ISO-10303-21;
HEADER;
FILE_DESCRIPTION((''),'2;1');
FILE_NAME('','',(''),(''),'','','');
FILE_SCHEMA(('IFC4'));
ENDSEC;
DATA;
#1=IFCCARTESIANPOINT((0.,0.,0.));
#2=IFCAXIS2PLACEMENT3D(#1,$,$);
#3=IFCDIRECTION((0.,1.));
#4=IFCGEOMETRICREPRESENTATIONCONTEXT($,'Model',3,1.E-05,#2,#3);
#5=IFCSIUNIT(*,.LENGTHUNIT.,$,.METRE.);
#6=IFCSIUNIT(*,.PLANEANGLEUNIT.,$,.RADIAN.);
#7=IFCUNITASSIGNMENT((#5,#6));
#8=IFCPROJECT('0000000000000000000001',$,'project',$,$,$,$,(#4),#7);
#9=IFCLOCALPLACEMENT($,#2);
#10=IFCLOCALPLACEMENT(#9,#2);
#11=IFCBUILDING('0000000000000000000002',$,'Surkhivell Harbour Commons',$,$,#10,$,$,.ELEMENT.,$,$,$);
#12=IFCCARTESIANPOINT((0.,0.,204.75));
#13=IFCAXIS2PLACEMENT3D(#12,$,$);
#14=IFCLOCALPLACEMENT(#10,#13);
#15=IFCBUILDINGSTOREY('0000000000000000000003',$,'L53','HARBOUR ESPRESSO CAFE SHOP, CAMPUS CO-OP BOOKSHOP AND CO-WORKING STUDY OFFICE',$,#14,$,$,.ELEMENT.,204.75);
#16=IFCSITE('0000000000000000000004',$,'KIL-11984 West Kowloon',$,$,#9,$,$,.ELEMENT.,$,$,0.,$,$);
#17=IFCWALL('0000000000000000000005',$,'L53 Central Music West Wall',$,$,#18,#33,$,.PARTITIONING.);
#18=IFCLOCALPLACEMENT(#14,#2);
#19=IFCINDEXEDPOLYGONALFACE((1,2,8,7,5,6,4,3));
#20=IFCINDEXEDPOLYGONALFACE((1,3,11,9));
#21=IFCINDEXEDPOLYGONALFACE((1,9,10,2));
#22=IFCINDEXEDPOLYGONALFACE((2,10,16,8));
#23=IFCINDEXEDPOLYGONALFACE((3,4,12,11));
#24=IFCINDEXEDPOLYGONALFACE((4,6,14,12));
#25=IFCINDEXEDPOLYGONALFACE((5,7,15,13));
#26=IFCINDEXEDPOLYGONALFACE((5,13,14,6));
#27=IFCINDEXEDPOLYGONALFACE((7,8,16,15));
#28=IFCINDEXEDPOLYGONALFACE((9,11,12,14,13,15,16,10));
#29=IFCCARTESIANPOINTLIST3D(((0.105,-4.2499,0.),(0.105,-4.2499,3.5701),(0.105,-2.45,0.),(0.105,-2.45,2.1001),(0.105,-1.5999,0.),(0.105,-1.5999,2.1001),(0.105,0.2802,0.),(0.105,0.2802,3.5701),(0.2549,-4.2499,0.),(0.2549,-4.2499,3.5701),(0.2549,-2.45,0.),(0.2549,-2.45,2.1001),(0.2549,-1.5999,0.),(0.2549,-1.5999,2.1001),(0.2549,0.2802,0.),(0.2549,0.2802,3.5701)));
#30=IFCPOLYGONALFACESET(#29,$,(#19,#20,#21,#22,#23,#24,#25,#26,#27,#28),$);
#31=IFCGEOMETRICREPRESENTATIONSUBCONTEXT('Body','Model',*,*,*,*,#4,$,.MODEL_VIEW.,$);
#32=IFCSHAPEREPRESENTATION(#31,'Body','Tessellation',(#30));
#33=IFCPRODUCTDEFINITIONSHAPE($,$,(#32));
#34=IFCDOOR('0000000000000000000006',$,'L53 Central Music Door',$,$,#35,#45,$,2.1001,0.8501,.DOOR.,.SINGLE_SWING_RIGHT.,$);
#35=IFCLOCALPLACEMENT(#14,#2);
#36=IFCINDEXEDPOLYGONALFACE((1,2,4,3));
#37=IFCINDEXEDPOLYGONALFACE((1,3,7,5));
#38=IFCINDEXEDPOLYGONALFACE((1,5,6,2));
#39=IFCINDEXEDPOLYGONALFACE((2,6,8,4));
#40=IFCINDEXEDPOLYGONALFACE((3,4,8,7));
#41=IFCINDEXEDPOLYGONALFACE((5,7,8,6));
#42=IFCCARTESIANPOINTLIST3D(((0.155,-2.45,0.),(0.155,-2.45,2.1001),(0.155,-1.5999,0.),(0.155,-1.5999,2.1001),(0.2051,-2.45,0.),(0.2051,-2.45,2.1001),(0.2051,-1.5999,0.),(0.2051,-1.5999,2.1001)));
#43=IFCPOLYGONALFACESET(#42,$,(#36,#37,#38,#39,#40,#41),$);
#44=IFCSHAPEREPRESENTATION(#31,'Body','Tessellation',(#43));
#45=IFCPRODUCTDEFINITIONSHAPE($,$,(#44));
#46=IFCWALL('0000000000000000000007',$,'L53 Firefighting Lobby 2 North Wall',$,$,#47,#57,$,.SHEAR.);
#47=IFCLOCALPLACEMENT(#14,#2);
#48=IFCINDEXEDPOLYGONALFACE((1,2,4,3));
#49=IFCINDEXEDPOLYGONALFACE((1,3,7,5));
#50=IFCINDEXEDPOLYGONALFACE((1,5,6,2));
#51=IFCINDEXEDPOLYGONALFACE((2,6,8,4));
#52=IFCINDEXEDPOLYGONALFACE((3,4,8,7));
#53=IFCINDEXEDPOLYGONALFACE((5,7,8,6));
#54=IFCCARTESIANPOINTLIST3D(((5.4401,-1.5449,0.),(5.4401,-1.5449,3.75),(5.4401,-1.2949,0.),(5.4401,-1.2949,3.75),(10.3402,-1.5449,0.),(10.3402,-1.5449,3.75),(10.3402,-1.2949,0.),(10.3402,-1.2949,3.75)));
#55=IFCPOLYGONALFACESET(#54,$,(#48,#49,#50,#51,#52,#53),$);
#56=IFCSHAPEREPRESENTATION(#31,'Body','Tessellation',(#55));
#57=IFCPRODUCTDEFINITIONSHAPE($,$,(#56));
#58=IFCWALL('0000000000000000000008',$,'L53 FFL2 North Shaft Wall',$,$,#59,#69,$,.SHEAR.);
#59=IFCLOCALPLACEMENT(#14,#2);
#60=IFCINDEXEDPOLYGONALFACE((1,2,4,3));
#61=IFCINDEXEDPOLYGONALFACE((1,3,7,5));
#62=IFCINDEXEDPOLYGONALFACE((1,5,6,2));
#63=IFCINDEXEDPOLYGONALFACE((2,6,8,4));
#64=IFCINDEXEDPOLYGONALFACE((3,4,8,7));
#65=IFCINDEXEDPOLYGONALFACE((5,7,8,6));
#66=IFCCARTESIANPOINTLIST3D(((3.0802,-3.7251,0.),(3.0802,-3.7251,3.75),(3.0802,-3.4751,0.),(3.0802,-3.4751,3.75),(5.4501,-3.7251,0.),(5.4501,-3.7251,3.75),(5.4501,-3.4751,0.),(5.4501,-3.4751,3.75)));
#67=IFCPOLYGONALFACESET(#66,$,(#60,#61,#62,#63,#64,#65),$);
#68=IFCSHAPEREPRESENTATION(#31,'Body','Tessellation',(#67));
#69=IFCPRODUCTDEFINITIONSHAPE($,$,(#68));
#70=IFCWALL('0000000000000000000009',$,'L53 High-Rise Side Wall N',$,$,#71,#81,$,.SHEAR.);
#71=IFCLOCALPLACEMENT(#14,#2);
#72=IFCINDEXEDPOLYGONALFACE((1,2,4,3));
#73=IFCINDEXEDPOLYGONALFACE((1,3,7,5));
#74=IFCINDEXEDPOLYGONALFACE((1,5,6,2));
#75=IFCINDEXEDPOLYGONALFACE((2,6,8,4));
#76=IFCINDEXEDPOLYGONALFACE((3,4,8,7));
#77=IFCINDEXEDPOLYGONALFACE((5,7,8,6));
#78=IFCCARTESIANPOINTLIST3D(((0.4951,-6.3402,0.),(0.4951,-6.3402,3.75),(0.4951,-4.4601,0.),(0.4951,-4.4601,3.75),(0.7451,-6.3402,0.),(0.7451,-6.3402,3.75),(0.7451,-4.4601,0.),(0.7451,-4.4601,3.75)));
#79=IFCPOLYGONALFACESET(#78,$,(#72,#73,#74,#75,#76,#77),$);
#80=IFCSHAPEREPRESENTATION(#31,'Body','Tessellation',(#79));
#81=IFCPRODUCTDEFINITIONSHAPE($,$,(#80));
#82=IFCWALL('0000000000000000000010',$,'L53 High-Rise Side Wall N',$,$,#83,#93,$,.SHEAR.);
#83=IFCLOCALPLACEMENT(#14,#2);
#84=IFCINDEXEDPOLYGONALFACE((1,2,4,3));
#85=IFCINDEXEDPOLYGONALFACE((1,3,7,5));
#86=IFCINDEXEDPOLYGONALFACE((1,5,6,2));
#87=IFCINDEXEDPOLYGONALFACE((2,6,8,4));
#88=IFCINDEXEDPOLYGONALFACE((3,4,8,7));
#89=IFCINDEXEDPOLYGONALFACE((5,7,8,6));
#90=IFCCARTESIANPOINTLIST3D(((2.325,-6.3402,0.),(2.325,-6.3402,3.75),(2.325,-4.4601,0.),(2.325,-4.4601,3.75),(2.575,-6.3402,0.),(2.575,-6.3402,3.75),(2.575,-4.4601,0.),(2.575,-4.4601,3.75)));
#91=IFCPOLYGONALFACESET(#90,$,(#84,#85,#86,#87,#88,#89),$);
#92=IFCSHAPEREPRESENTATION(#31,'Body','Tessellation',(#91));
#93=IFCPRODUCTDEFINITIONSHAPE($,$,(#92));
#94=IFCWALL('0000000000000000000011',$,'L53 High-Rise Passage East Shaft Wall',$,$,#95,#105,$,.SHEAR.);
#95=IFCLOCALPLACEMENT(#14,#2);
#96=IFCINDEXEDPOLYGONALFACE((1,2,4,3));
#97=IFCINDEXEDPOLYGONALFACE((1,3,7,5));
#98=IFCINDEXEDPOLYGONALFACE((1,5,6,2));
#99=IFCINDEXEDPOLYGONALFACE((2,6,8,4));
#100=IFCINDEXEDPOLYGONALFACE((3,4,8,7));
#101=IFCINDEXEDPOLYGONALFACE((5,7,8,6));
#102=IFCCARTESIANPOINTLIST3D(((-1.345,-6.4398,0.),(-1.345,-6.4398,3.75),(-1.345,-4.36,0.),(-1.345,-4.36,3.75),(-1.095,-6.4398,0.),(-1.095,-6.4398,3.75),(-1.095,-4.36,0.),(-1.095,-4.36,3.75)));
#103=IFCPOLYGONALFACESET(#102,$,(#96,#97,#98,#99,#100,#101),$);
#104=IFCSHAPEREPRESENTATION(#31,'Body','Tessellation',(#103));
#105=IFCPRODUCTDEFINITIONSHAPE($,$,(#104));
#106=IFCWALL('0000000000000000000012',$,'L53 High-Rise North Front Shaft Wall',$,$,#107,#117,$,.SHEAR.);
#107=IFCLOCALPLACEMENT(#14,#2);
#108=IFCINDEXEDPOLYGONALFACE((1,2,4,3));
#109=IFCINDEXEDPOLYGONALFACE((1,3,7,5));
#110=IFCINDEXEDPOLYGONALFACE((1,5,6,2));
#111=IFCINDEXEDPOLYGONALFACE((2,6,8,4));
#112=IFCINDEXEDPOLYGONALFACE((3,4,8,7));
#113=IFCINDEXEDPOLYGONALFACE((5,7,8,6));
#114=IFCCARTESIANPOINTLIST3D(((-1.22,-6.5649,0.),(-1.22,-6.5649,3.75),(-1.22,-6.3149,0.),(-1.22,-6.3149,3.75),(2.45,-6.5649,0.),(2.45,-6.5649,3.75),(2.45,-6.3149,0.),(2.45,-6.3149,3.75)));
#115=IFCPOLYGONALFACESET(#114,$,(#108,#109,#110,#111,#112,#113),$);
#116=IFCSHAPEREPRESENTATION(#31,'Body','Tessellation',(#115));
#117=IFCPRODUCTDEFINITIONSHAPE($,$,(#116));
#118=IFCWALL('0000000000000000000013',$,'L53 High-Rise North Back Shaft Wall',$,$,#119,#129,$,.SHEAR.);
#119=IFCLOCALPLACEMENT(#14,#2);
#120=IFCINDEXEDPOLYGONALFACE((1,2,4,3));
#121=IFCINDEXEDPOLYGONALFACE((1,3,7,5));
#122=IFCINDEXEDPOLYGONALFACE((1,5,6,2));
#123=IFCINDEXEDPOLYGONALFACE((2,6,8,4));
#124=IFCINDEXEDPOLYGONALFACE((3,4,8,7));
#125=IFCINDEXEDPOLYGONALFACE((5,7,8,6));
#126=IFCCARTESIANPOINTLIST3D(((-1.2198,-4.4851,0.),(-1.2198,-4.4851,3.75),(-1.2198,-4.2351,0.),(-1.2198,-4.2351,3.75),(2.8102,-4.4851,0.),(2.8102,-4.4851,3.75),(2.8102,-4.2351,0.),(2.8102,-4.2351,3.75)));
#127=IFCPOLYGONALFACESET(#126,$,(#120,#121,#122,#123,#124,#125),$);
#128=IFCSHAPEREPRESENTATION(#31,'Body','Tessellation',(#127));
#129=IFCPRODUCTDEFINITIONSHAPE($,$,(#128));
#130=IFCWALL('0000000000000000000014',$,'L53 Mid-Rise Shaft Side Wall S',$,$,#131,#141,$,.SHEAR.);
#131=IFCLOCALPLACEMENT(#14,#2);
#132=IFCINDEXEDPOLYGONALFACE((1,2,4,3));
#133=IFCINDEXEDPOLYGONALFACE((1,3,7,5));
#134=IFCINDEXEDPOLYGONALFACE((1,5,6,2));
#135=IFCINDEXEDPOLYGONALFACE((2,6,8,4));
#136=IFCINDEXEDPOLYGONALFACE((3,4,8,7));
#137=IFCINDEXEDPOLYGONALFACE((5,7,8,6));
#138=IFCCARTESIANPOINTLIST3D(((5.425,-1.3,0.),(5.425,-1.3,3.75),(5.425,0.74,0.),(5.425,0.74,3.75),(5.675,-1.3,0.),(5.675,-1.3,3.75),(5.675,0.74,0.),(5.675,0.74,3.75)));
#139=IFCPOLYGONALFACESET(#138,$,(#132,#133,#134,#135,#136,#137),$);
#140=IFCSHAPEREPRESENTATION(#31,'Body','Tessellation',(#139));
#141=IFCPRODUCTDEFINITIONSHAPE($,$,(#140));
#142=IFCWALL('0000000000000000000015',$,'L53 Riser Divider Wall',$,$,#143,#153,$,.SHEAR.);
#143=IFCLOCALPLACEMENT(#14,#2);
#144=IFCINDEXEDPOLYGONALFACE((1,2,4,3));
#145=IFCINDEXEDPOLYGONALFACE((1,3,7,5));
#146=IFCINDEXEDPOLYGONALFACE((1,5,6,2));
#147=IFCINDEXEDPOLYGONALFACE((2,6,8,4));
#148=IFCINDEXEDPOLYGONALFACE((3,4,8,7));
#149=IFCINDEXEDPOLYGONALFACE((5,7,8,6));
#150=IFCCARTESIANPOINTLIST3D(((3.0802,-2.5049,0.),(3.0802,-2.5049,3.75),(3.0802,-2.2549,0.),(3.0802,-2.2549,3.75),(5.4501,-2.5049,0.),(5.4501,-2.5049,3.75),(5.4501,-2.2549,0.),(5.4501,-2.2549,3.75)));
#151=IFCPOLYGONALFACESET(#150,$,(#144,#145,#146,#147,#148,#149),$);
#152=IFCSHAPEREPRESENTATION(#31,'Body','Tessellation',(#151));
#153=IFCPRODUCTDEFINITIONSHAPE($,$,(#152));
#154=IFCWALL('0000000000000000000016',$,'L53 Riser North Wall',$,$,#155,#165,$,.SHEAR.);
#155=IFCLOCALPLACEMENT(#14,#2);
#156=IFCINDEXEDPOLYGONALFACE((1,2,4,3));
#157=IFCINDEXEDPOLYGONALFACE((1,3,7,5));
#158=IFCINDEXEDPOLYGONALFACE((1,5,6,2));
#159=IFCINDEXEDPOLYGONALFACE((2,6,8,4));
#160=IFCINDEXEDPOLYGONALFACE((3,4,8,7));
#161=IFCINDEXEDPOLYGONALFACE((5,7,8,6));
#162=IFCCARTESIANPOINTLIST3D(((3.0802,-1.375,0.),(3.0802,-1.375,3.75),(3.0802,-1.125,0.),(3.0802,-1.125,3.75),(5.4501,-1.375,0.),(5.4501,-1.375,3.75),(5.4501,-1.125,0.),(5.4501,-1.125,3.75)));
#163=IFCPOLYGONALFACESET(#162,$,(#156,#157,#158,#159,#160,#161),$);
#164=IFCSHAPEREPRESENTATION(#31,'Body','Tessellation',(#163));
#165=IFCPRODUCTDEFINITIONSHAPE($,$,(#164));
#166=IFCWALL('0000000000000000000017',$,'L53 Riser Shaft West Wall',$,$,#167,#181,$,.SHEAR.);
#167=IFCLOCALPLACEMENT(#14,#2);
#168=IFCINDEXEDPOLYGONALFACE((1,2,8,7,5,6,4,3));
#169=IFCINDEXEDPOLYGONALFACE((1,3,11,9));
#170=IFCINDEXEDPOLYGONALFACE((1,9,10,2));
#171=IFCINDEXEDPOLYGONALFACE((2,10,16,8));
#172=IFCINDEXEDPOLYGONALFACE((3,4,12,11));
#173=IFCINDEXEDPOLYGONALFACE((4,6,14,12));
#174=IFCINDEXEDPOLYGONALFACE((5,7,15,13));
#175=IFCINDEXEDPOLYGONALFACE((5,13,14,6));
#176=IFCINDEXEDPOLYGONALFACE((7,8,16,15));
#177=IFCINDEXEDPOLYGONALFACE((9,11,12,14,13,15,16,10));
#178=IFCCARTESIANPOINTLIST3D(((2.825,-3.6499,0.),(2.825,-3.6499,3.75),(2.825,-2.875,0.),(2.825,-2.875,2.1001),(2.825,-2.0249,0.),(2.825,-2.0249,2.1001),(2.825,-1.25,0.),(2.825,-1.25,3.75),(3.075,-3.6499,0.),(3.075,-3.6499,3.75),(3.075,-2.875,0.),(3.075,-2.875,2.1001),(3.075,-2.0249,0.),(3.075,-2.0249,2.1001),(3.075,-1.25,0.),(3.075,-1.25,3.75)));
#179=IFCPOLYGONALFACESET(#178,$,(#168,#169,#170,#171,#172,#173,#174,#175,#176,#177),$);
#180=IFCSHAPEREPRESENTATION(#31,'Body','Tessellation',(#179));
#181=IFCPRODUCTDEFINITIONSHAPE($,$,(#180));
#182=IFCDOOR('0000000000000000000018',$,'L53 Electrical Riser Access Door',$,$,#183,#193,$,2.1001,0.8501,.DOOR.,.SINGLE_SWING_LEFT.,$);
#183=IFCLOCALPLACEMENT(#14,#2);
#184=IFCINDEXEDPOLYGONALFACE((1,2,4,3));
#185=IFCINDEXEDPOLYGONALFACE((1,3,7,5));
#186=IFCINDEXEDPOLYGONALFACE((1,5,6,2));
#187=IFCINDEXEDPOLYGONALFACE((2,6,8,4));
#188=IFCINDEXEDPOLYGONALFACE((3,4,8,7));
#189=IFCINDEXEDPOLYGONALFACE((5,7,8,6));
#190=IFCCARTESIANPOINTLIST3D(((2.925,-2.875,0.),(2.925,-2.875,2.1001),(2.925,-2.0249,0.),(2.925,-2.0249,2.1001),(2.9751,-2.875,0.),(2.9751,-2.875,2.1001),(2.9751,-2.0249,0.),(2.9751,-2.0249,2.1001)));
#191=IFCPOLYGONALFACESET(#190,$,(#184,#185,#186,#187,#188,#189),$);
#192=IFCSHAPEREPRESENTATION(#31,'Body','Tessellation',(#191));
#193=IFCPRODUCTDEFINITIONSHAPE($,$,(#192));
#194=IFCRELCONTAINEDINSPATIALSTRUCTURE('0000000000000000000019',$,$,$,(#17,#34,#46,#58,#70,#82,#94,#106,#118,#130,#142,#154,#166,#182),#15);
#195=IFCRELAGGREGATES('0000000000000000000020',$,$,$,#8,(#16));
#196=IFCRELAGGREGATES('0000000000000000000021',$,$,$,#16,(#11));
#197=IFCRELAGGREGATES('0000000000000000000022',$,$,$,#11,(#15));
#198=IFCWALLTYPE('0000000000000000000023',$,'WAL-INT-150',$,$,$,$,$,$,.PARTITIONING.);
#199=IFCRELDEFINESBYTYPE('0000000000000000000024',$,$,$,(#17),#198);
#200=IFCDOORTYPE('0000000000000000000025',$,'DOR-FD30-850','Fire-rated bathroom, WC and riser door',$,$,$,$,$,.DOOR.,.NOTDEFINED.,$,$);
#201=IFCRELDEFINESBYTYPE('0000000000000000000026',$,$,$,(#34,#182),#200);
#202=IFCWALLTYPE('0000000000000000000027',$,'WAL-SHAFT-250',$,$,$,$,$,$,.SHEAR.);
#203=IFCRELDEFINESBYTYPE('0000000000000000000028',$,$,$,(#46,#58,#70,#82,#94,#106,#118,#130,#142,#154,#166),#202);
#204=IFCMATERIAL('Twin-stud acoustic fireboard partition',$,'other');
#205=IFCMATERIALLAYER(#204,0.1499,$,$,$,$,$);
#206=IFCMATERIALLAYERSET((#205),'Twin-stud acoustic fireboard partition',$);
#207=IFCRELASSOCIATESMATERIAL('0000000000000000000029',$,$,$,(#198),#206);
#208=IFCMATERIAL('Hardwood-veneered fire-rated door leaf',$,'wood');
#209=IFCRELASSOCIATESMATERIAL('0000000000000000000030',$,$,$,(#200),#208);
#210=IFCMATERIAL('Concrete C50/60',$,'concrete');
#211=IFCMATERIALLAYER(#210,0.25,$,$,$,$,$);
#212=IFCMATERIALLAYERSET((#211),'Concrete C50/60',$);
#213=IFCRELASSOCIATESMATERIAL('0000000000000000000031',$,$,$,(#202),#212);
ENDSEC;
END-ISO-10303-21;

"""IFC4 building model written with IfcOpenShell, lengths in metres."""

from ifc_helpers import new_model, si_unit, direction, frame, frame_2d, origin, place, context, subcontext, project, spatial, rectangle, extrude, material, layer, layer_set, type_object, element, fill, save


model = new_model("IFC4")

# Units and contexts
model_context = context("Model", 3, precision=1e-05, world=origin(), true_north=direction((0.0, 1.0)))
body_context = subcontext(model_context, "Body", "Model", "MODEL_VIEW")
ifc_project = project(units=[si_unit("LENGTHUNIT", "METRE"), si_unit("PLANEANGLEUNIT", "RADIAN")], contexts=[model_context])

# Site, building, storey
site_placement = place(None, origin())
site = spatial("IfcSite", under=ifc_project, at=site_placement, Name="KIL-11984 West Kowloon", CompositionType="ELEMENT", RefElevation=0.0)
building_placement = place(site_placement, origin())
building = spatial("IfcBuilding", under=site, at=building_placement, Name="Surkhivell Harbour Commons", CompositionType="ELEMENT")
storey_placement = place(building_placement, frame((0.0, 0.0, 204.75)))
storey = spatial("IfcBuildingStorey", under=building, at=storey_placement, Name="L53", Description="HARBOUR ESPRESSO CAFE SHOP, CAMPUS CO-OP BOOKSHOP AND CO-WORKING STUDY OFFICE", CompositionType="ELEMENT", Elevation=204.75)

# Shared definitions
ifc_material_1 = material(Name="Twin-stud acoustic fireboard partition", Category="other")
ifc_layer_1 = layer(ifc_material_1, 0.1499)
ifc_layer_set_1 = layer_set([ifc_layer_1], Name="Twin-stud acoustic fireboard partition")
wall_type_1 = type_object("IfcWallType", Name="WAL-INT-150", PredefinedType="PARTITIONING", material=ifc_layer_set_1)

# Wall, opening, door
wall_1_placement = place(storey_placement, frame((0.1799, -4.25, 0.0), z_axis=(0.0, 0.0, 1.0), x_axis=(0.0, 1.0, 0.0)))
wall_1 = element("IfcWall", 1, at=wall_1_placement, inside=storey, type_object=wall_type_1, Name="L53 Central Music West Wall", PredefinedType="PARTITIONING", context=body_context, shape_type="SweptSolid", body=[
    extrude(rectangle(XDim=4.53, YDim=0.1499, at=frame_2d((2.2651, 0.0))), origin(), (0.0, 0.0, 1.0), 3.5701),
])
opening_1_placement = place(wall_1_placement, frame((1.8, 0.0, 0.0)))
opening_1 = element("IfcOpeningElement", 2, at=opening_1_placement, cuts=wall_1, PredefinedType="OPENING", context=body_context, shape_type="SweptSolid", body=[
    extrude(rectangle(XDim=0.8501, YDim=2.1001, at=frame_2d((0.425, 1.05))), frame((0.0, 0.085, 0.0), z_axis=(0.0, -1.0, 0.0), x_axis=(1.0, 0.0, 0.0)), (0.0, 0.0, 1.0), 0.1699),
])
ifc_material_2 = material(Name="Hardwood-veneered fire-rated door leaf", Category="wood")
door_type = type_object("IfcDoorType", Name="DOR-FD30-850", Description="Fire-rated bathroom, WC and riser door", OperationType="NOTDEFINED", PredefinedType="DOOR", material=ifc_material_2)
door_1_placement = place(opening_1_placement, origin())
door_1 = element("IfcDoor", 3, at=door_1_placement, inside=storey, type_object=door_type, Name="L53 Central Music Door", OperationType="SINGLE_SWING_RIGHT", OverallHeight=2.1001, OverallWidth=0.8501, PredefinedType="DOOR", context=body_context, shape_type="SweptSolid", body=[
    extrude(rectangle(XDim=0.8501, YDim=2.1001, at=frame_2d((0.425, 1.05))), frame((0.0, 0.0249, 0.0), z_axis=(0.0, -1.0, 0.0), x_axis=(1.0, 0.0, 0.0)), (0.0, 0.0, 1.0), 0.05),
])
fill(opening_1, door_1)

# Walls
ifc_material_3 = material(Name="Concrete C50/60", Category="concrete")
ifc_layer_2 = layer(ifc_material_3, 0.25)
ifc_layer_set_2 = layer_set([ifc_layer_2], Name="Concrete C50/60")
wall_type_2 = type_object("IfcWallType", Name="WAL-SHAFT-250", PredefinedType="SHEAR", material=ifc_layer_set_2)
wall_2_placement = place(storey_placement, frame((5.4399, -1.4199, 0.0), z_axis=(0.0, 0.0, 1.0), x_axis=(1.0, 0.0, 0.0)))
element("IfcWall", 4, at=wall_2_placement, inside=storey, type_object=wall_type_2, Name="L53 Firefighting Lobby 2 North Wall", PredefinedType="SHEAR", context=body_context, shape_type="SweptSolid", body=[
    extrude(rectangle(XDim=4.9001, YDim=0.25, at=frame_2d((2.4502, 0.0))), origin(), (0.0, 0.0, 1.0), 3.75),
])
wall_3_placement = place(storey_placement, frame((3.0801, -3.6001, 0.0), z_axis=(0.0, 0.0, 1.0), x_axis=(1.0, 0.0, 0.0)))
element("IfcWall", 5, at=wall_3_placement, inside=storey, type_object=wall_type_2, Name="L53 FFL2 North Shaft Wall", PredefinedType="SHEAR", context=body_context, shape_type="SweptSolid", body=[
    extrude(rectangle(XDim=2.3699, YDim=0.25, at=frame_2d((1.1851, 0.0))), origin(), (0.0, 0.0, 1.0), 3.75),
])
for number, where, z_axis, x_axis, name in (
    (6, (0.6201, -6.3401, 0.0), (0.0, 0.0, 1.0), (0.0, 1.0, 0.0), "L53 High-Rise Side Wall N"),
    (7, (2.45, -6.3401, 0.0), (0.0, 0.0, 1.0), (0.0, 1.0, 0.0), "L53 High-Rise Side Wall N"),
):
    element("IfcWall", number, at=place(storey_placement, frame(where, z_axis=z_axis, x_axis=x_axis)), inside=storey, type_object=wall_type_2, Name=name, PredefinedType="SHEAR", context=body_context, shape_type="SweptSolid", body=[
        extrude(rectangle(XDim=1.8801, YDim=0.25, at=frame_2d((0.9399, 0.0))), origin(), (0.0, 0.0, 1.0), 3.75),
    ])
wall_4_placement = place(storey_placement, frame((-1.22, -6.4399, 0.0), z_axis=(0.0, 0.0, 1.0), x_axis=(0.0, 1.0, 0.0)))
element("IfcWall", 8, at=wall_4_placement, inside=storey, type_object=wall_type_2, Name="L53 High-Rise Passage East Shaft Wall", PredefinedType="SHEAR", context=body_context, shape_type="SweptSolid", body=[
    extrude(rectangle(XDim=2.0798, YDim=0.25, at=frame_2d((1.04, 0.0))), origin(), (0.0, 0.0, 1.0), 3.75),
])
wall_5_placement = place(storey_placement, frame((-1.22, -6.4399, 0.0), z_axis=(0.0, 0.0, 1.0), x_axis=(1.0, 0.0, 0.0)))
element("IfcWall", 9, at=wall_5_placement, inside=storey, type_object=wall_type_2, Name="L53 High-Rise North Front Shaft Wall", PredefinedType="SHEAR", context=body_context, shape_type="SweptSolid", body=[
    extrude(rectangle(XDim=3.6699, YDim=0.25, at=frame_2d((1.835, 0.0))), origin(), (0.0, 0.0, 1.0), 3.75),
])
wall_6_placement = place(storey_placement, frame((-1.22, -4.3601, 0.0), z_axis=(0.0, 0.0, 1.0), x_axis=(1.0, 0.0, 0.0)))
element("IfcWall", 10, at=wall_6_placement, inside=storey, type_object=wall_type_2, Name="L53 High-Rise North Back Shaft Wall", PredefinedType="SHEAR", context=body_context, shape_type="SweptSolid", body=[
    extrude(rectangle(XDim=4.03, YDim=0.25, at=frame_2d((2.0151, 0.0))), origin(), (0.0, 0.0, 1.0), 3.75),
])
wall_7_placement = place(storey_placement, frame((5.55, -1.3, 0.0), z_axis=(0.0, 0.0, 1.0), x_axis=(0.0, 1.0, 0.0)))
element("IfcWall", 11, at=wall_7_placement, inside=storey, type_object=wall_type_2, Name="L53 Mid-Rise Shaft Side Wall S", PredefinedType="SHEAR", context=body_context, shape_type="SweptSolid", body=[
    extrude(rectangle(XDim=2.04, YDim=0.25, at=frame_2d((1.02, 0.0))), origin(), (0.0, 0.0, 1.0), 3.75),
])
for number, where, z_axis, x_axis, name in (
    (12, (3.0801, -2.3799, 0.0), (0.0, 0.0, 1.0), (1.0, 0.0, 0.0), "L53 Riser Divider Wall"),
    (13, (3.0801, -1.25, 0.0), (0.0, 0.0, 1.0), (1.0, 0.0, 0.0), "L53 Riser North Wall"),
):
    element("IfcWall", number, at=place(storey_placement, frame(where, z_axis=z_axis, x_axis=x_axis)), inside=storey, type_object=wall_type_2, Name=name, PredefinedType="SHEAR", context=body_context, shape_type="SweptSolid", body=[
        extrude(rectangle(XDim=2.3699, YDim=0.25, at=frame_2d((1.1851, 0.0))), origin(), (0.0, 0.0, 1.0), 3.75),
    ])

# Wall, opening, door
wall_8_placement = place(storey_placement, frame((2.95, -3.6499, 0.0), z_axis=(0.0, 0.0, 1.0), x_axis=(0.0, 1.0, 0.0)))
wall_8 = element("IfcWall", 14, at=wall_8_placement, inside=storey, type_object=wall_type_2, Name="L53 Riser Shaft West Wall", PredefinedType="SHEAR", context=body_context, shape_type="SweptSolid", body=[
    extrude(rectangle(XDim=2.3999, YDim=0.25, at=frame_2d((1.2, 0.0))), origin(), (0.0, 0.0, 1.0), 3.75),
])
opening_2_placement = place(wall_8_placement, frame((0.7749, 0.0, 0.0)))
opening_2 = element("IfcOpeningElement", 15, at=opening_2_placement, cuts=wall_8, PredefinedType="OPENING", context=body_context, shape_type="SweptSolid", body=[
    extrude(rectangle(XDim=0.8501, YDim=2.1001, at=frame_2d((0.425, 1.05))), frame((0.0, 0.135, 0.0), z_axis=(0.0, -1.0, 0.0), x_axis=(1.0, 0.0, 0.0)), (0.0, 0.0, 1.0), 0.27),
])
door_2_placement = place(opening_2_placement, origin())
door_2 = element("IfcDoor", 16, at=door_2_placement, inside=storey, type_object=door_type, Name="L53 Electrical Riser Access Door", OperationType="SINGLE_SWING_LEFT", OverallHeight=2.1001, OverallWidth=0.8501, PredefinedType="DOOR", context=body_context, shape_type="SweptSolid", body=[
    extrude(rectangle(XDim=0.8501, YDim=2.1001, at=frame_2d((0.425, 1.05))), frame((0.0, 0.0249, 0.0), z_axis=(0.0, -1.0, 0.0), x_axis=(1.0, 0.0, 0.0)), (0.0, 0.0, 1.0), 0.05),
])
fill(opening_2, door_2)

save(model, "model.ifc")
